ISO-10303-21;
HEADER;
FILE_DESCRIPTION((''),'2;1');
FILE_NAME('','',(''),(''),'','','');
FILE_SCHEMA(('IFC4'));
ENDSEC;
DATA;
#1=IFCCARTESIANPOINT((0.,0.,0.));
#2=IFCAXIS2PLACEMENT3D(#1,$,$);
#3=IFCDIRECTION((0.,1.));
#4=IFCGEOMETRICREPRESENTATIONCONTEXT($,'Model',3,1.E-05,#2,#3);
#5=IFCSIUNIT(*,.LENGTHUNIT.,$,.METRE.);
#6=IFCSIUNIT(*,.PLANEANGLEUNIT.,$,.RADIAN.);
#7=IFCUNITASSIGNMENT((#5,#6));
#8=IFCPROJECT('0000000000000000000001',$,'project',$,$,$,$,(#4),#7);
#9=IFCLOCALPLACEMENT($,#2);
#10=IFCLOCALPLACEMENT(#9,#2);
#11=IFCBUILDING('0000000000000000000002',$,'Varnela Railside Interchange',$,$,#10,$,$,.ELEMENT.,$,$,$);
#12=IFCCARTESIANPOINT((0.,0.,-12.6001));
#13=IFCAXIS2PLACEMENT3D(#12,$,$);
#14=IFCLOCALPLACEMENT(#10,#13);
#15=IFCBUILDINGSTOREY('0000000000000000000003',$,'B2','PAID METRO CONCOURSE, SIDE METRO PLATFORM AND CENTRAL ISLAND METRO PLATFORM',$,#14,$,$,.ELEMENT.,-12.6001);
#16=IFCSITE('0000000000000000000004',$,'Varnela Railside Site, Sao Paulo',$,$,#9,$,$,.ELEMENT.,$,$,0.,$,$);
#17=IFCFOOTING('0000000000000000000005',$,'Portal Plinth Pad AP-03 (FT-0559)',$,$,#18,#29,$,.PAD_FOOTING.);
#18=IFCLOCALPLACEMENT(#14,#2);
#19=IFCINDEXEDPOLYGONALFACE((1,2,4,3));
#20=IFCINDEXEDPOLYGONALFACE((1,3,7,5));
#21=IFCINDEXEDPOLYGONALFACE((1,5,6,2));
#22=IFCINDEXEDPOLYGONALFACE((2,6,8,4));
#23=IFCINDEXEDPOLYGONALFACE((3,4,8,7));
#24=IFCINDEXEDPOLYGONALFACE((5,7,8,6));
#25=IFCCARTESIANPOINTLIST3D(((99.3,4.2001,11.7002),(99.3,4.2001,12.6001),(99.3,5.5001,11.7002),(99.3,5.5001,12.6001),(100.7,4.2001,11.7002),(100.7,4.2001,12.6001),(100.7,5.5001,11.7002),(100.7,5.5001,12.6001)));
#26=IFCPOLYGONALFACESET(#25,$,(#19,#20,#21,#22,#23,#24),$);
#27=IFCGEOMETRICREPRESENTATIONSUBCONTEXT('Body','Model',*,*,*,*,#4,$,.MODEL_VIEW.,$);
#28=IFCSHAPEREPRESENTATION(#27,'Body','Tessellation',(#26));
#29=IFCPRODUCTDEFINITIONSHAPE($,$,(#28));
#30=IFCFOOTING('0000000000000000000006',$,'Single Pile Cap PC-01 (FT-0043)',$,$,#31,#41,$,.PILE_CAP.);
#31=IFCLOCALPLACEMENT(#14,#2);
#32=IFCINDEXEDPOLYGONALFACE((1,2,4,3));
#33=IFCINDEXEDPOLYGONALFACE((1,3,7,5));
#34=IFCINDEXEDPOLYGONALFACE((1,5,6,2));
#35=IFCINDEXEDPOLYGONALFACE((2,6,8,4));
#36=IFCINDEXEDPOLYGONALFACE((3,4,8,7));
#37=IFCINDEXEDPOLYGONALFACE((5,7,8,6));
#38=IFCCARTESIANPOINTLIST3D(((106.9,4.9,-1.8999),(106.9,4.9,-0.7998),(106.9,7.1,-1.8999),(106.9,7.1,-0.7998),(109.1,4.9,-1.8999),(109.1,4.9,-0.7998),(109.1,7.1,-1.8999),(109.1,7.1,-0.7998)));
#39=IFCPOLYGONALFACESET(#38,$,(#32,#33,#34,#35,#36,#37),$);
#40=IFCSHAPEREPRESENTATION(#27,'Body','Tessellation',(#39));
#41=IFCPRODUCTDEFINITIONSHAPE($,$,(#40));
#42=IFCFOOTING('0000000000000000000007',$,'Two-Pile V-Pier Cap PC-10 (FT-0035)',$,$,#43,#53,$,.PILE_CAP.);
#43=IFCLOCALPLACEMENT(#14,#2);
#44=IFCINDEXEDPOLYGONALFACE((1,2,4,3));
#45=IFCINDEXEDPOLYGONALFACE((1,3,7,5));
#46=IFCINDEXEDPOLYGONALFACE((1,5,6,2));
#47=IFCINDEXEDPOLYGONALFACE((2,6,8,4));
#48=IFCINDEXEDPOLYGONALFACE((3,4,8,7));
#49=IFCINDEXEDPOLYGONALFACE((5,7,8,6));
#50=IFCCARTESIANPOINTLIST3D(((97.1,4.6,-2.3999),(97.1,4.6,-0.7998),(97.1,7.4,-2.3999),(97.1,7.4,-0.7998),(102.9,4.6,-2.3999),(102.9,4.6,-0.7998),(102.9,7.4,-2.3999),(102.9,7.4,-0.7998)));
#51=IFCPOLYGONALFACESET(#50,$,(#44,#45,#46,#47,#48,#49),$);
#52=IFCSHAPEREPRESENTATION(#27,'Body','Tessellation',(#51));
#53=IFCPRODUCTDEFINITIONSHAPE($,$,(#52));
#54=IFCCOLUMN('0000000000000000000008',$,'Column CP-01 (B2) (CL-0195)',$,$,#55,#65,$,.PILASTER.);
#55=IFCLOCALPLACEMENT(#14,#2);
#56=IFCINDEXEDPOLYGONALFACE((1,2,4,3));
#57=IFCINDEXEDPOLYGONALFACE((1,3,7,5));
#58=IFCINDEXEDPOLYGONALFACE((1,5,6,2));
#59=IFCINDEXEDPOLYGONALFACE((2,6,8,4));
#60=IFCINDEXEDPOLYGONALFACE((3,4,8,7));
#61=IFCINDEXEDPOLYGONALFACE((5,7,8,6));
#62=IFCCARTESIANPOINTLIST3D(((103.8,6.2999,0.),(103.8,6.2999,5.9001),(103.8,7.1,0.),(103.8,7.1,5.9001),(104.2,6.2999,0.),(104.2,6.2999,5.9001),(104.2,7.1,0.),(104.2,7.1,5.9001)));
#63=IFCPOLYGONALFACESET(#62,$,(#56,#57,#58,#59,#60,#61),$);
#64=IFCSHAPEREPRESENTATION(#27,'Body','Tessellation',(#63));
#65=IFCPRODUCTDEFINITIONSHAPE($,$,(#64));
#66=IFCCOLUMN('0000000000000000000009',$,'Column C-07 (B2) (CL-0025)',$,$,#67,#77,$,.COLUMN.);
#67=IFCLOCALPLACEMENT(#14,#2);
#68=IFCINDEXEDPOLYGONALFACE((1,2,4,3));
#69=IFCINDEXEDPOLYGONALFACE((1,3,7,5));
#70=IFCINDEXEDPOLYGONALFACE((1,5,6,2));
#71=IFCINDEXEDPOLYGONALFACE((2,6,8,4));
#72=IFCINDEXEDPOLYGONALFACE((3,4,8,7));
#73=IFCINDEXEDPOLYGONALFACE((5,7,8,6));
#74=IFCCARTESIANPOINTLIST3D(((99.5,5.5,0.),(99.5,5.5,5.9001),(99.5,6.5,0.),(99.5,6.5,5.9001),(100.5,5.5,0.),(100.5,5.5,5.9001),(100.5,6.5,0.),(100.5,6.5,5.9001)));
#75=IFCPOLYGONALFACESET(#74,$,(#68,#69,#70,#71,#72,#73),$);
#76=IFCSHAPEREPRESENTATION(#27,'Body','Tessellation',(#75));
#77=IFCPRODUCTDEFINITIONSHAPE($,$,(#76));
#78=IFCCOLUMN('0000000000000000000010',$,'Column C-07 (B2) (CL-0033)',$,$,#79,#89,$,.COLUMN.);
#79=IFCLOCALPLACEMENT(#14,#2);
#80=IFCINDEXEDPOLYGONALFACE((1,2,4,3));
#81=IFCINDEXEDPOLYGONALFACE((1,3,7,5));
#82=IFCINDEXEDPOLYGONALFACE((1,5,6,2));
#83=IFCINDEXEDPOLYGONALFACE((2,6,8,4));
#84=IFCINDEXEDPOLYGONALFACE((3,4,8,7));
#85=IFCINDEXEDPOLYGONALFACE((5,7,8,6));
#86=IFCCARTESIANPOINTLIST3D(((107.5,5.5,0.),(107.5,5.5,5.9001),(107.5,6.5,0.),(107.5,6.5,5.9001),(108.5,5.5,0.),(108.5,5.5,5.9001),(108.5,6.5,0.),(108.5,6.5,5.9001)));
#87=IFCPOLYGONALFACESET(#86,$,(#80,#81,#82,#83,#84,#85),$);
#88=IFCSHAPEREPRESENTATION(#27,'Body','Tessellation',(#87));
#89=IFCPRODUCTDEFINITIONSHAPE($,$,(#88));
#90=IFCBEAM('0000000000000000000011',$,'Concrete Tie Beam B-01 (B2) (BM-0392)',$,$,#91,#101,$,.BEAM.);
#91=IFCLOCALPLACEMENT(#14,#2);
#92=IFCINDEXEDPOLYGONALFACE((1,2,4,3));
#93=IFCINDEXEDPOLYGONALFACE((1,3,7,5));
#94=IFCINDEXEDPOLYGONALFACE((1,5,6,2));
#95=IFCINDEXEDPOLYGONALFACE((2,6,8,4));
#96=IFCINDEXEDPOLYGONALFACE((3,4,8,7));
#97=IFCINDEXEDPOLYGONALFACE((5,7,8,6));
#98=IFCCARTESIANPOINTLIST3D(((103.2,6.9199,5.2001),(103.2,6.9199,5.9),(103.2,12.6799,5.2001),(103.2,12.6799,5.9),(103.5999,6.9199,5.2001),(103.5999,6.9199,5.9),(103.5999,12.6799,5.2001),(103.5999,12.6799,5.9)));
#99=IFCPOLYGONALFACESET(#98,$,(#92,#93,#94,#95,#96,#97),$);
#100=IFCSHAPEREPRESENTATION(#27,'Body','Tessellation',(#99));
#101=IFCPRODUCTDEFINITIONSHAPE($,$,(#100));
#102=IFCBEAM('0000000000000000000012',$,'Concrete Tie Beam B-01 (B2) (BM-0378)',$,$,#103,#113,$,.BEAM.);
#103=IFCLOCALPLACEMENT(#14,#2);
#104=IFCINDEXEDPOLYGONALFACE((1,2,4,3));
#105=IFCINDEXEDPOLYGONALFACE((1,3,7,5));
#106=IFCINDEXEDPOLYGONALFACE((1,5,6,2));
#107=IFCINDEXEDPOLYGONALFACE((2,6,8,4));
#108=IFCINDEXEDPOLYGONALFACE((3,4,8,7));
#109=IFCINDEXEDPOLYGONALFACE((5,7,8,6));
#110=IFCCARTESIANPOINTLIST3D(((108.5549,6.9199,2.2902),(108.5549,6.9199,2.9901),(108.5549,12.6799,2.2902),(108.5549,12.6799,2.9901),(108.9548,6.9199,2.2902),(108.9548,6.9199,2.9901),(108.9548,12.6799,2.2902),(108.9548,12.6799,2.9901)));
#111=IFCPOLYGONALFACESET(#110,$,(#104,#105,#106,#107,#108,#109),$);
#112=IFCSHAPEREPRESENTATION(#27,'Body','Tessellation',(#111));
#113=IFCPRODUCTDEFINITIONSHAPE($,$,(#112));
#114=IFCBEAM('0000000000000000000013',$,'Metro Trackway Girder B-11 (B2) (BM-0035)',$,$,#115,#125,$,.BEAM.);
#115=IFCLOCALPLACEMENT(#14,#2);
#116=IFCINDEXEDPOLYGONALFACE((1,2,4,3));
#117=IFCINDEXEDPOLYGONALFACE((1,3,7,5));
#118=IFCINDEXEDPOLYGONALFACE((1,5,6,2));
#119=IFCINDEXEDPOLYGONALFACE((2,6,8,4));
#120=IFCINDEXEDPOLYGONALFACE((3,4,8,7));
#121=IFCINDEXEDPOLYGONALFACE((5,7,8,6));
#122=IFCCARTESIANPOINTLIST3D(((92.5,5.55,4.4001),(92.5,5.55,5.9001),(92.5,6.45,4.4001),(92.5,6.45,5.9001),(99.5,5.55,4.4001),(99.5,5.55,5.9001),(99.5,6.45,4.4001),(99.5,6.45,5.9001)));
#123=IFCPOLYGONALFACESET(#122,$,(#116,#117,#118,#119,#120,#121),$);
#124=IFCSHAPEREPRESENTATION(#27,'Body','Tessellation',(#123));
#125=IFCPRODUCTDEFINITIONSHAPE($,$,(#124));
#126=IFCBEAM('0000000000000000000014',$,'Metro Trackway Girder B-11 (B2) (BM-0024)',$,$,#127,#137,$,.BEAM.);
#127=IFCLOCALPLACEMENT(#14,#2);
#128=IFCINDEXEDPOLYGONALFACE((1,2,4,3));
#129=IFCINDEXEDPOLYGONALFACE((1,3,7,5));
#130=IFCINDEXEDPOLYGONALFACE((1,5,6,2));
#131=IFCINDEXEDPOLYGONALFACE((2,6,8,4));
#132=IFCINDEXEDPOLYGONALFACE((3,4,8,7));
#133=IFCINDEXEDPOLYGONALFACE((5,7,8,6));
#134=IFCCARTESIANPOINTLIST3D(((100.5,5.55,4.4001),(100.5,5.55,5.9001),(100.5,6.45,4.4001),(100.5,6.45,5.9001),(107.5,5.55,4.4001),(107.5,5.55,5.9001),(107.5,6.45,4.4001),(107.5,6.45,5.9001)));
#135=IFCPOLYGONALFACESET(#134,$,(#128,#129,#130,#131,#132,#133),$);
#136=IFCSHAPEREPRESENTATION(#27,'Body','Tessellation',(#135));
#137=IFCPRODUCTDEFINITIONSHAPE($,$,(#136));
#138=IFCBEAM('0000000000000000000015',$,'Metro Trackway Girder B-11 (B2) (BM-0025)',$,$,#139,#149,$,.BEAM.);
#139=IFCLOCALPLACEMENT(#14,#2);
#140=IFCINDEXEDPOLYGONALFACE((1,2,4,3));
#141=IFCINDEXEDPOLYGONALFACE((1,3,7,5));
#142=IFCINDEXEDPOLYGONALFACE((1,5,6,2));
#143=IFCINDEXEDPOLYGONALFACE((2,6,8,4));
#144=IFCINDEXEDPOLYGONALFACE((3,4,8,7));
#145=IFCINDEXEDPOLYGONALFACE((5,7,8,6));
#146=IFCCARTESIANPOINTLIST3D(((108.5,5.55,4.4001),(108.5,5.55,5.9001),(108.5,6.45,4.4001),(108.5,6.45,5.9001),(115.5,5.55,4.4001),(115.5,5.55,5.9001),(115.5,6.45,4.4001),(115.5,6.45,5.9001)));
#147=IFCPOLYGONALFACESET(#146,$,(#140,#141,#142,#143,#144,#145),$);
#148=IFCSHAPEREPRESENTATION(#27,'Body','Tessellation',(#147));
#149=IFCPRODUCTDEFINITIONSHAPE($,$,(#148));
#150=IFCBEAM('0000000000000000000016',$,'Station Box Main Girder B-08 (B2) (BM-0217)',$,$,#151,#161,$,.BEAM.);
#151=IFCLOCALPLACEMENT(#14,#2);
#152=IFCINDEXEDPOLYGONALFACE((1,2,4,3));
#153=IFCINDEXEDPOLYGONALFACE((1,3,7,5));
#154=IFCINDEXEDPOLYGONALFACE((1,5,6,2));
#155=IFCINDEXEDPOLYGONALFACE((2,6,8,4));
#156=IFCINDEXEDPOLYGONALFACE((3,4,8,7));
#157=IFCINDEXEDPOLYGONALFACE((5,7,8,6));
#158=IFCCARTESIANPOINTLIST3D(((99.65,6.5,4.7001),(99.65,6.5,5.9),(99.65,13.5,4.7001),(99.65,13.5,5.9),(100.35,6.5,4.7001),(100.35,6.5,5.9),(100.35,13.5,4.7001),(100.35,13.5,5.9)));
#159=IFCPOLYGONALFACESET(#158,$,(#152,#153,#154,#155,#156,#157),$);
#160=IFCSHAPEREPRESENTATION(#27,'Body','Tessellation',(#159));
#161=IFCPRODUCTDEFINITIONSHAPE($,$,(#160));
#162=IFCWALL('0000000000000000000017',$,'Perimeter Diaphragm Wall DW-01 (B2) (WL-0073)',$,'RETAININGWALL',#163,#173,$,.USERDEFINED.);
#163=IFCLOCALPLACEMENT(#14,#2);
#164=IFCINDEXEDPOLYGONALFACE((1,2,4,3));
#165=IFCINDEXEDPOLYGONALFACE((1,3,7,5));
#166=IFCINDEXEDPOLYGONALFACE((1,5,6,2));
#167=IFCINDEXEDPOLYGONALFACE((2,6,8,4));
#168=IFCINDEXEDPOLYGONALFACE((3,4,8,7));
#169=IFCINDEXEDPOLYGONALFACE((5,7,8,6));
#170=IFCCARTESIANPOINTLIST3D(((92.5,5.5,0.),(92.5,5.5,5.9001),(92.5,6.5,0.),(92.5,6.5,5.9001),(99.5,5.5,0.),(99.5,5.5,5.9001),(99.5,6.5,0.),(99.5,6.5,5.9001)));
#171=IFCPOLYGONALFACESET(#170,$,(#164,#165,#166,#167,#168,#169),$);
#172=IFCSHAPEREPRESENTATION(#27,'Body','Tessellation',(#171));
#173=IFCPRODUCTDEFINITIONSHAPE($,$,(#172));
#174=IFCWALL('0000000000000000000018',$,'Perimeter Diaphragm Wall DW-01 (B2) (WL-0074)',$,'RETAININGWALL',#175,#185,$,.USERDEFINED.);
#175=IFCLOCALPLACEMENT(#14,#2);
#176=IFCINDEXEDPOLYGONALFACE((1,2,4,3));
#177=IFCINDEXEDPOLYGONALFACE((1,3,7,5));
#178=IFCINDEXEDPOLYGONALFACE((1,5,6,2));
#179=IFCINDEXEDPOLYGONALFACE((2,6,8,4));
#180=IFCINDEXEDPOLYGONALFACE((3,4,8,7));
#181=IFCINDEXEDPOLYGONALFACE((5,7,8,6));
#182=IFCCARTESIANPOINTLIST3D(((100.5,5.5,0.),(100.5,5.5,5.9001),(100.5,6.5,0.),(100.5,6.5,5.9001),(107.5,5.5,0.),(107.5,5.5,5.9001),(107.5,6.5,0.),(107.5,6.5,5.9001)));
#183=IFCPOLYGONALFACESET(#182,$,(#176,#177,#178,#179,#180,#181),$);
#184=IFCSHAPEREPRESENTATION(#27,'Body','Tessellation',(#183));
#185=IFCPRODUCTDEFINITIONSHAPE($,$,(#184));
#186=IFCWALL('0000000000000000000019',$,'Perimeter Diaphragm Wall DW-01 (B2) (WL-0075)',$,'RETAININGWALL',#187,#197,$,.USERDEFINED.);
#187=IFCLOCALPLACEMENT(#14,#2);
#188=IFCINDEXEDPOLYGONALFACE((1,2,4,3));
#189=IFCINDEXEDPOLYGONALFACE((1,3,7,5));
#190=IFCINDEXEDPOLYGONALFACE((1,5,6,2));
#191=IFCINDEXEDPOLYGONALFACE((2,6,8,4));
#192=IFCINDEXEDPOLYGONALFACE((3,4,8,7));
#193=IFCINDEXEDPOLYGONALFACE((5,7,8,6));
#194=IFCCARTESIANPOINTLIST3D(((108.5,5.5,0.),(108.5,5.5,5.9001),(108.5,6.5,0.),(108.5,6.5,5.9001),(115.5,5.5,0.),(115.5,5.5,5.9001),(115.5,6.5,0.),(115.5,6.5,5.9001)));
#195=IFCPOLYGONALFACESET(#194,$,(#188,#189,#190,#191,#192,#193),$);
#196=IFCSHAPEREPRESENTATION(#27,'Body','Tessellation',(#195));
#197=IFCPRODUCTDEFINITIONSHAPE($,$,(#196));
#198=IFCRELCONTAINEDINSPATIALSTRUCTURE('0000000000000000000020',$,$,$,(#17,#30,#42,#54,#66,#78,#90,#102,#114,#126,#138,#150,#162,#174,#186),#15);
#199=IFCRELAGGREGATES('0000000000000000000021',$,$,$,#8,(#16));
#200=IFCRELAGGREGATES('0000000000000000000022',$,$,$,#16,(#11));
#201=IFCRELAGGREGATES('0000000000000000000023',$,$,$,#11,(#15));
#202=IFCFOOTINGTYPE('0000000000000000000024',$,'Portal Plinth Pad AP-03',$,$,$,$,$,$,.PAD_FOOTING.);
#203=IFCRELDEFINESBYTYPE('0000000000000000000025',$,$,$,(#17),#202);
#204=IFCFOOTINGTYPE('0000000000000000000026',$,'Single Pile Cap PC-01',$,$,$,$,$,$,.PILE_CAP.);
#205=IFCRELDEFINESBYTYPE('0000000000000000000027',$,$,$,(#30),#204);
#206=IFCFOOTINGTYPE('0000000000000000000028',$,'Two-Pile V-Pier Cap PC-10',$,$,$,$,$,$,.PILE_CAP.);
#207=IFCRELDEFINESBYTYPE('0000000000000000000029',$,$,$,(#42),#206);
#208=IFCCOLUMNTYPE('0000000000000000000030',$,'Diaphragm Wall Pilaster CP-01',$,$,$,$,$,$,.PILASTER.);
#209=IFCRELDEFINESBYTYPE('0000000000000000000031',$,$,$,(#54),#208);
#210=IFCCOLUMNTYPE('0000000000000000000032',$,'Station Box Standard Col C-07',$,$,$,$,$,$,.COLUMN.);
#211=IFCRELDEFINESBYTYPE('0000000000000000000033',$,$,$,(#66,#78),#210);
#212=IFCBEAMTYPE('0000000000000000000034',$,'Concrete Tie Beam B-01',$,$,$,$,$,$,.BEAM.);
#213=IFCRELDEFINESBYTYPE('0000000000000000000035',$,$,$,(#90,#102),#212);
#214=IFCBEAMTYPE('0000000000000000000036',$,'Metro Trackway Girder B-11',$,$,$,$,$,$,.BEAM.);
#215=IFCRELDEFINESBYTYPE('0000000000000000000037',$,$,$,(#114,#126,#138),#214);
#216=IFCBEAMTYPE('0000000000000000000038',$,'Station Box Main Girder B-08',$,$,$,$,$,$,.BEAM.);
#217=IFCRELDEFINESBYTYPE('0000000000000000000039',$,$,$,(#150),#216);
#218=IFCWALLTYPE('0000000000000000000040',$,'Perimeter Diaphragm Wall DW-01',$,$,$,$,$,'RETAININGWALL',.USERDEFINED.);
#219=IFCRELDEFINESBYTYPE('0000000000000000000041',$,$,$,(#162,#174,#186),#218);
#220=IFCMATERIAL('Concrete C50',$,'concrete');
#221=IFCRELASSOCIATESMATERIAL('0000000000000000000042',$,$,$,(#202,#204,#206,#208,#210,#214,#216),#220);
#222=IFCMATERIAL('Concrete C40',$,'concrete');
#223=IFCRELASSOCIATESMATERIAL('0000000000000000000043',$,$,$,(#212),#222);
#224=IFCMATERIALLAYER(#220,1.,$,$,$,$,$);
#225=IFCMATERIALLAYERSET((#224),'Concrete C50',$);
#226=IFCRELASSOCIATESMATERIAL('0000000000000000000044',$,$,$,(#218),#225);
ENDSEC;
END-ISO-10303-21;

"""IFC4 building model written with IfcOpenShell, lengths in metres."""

from ifc_helpers import new_model, si_unit, direction, frame, frame_2d, origin, origin_2d, place, context, subcontext, project, spatial, rectangle, extrude, material, layer, layer_set, material_profile, profile_set, type_object, element, save


model = new_model("IFC4")

# Units and contexts
model_context = context("Model", 3, precision=1e-05, world=origin(), true_north=direction((0.0, 1.0)))
body_context = subcontext(model_context, "Body", "Model", "MODEL_VIEW")
ifc_project = project(units=[si_unit("LENGTHUNIT", "METRE"), si_unit("PLANEANGLEUNIT", "RADIAN")], contexts=[model_context])

# Site, building, storey
site_placement = place(None, origin())
site = spatial("IfcSite", under=ifc_project, at=site_placement, Name="Varnela Railside Site, Sao Paulo", CompositionType="ELEMENT", RefElevation=0.0)
building_placement = place(site_placement, origin())
building = spatial("IfcBuilding", under=site, at=building_placement, Name="Varnela Railside Interchange", CompositionType="ELEMENT")
storey_placement = place(building_placement, frame((0.0, 0.0, -12.6001)))
storey = spatial("IfcBuildingStorey", under=building, at=storey_placement, Name="B2", Description="PAID METRO CONCOURSE, SIDE METRO PLATFORM AND CENTRAL ISLAND METRO PLATFORM", CompositionType="ELEMENT", Elevation=-12.6001)

# Shared definitions
ifc_material_1 = material(Name="Concrete C40", Category="concrete")

# Footings
ifc_material_2 = material(Name="Concrete C50", Category="concrete")
footing_type_1 = type_object("IfcFootingType", Name="Portal Plinth Pad AP-03", PredefinedType="PAD_FOOTING", material=ifc_material_2)
footing_1_placement = place(storey_placement, frame((100.0, 4.8501, 11.7002), z_axis=(0.0, 0.0, 1.0), x_axis=(1.0, 0.0, 0.0)))
element("IfcFooting", 1, at=footing_1_placement, inside=storey, type_object=footing_type_1, Name="Portal Plinth Pad AP-03 (FT-0559)", PredefinedType="PAD_FOOTING", context=body_context, shape_type="SweptSolid", body=[
    extrude(rectangle(XDim=1.3999, YDim=1.3, at=origin_2d()), origin(), (0.0, 0.0, 1.0), 0.8999),
])
footing_type_2 = type_object("IfcFootingType", Name="Single Pile Cap PC-01", PredefinedType="PILE_CAP", material=ifc_material_2)
footing_2_placement = place(storey_placement, frame((108.0, 6.0, -1.8999), z_axis=(0.0, 0.0, 1.0), x_axis=(1.0, 0.0, 0.0)))
element("IfcFooting", 2, at=footing_2_placement, inside=storey, type_object=footing_type_2, Name="Single Pile Cap PC-01 (FT-0043)", PredefinedType="PILE_CAP", context=body_context, shape_type="SweptSolid", body=[
    extrude(rectangle(XDim=2.2, YDim=2.2, at=origin_2d()), origin(), (0.0, 0.0, 1.0), 1.1001),
])
footing_type_3 = type_object("IfcFootingType", Name="Two-Pile V-Pier Cap PC-10", PredefinedType="PILE_CAP", material=ifc_material_2)
footing_3_placement = place(storey_placement, frame((100.0, 6.0, -2.3999), z_axis=(0.0, 0.0, 1.0), x_axis=(1.0, 0.0, 0.0)))
element("IfcFooting", 3, at=footing_3_placement, inside=storey, type_object=footing_type_3, Name="Two-Pile V-Pier Cap PC-10 (FT-0035)", PredefinedType="PILE_CAP", context=body_context, shape_type="SweptSolid", body=[
    extrude(rectangle(XDim=5.8, YDim=2.8, at=origin_2d()), origin(), (0.0, 0.0, 1.0), 1.6001),
])

# Columns
ifc_material_profile_1 = material_profile(ifc_material_2, rectangle(XDim=0.3999, YDim=0.8, at=origin_2d()), Name="RC 400x800")
ifc_profile_set_1 = profile_set([ifc_material_profile_1], Name="Concrete C50")
column_type_1 = type_object("IfcColumnType", Name="Diaphragm Wall Pilaster CP-01", PredefinedType="PILASTER", material=ifc_profile_set_1)
column_placement = place(storey_placement, frame((104.0, 6.7, 0.0), z_axis=(0.0, 0.0, 1.0), x_axis=(1.0, 0.0, 0.0)))
element("IfcColumn", 4, at=column_placement, inside=storey, type_object=column_type_1, Name="Column CP-01 (B2) (CL-0195)", PredefinedType="PILASTER", context=body_context, shape_type="SweptSolid", body=[
    extrude(rectangle(XDim=0.3999, YDim=0.8, at=origin_2d()), origin(), (0.0, 0.0, 1.0), 5.9001),
])
ifc_material_profile_2 = material_profile(ifc_material_2, rectangle(XDim=1.0, YDim=1.0, at=origin_2d()), Name="RC 1000x1000")
ifc_profile_set_2 = profile_set([ifc_material_profile_2], Name="Concrete C50")
column_type_2 = type_object("IfcColumnType", Name="Station Box Standard Col C-07", PredefinedType="COLUMN", material=ifc_profile_set_2)
for number, where, z_axis, x_axis, name in (
    (5, (100.0, 6.0, 0.0), (0.0, 0.0, 1.0), (1.0, 0.0, 0.0), "Column C-07 (B2) (CL-0025)"),
    (6, (108.0, 6.0, 0.0), (0.0, 0.0, 1.0), (1.0, 0.0, 0.0), "Column C-07 (B2) (CL-0033)"),
):
    element("IfcColumn", number, at=place(storey_placement, frame(where, z_axis=z_axis, x_axis=x_axis)), inside=storey, type_object=column_type_2, Name=name, PredefinedType="COLUMN", context=body_context, shape_type="SweptSolid", body=[
        extrude(rectangle(XDim=1.0, YDim=1.0, at=origin_2d()), origin(), (0.0, 0.0, 1.0), 5.9001),
    ])

# Beams
ifc_material_profile_3 = material_profile(ifc_material_1, rectangle(XDim=0.3999, YDim=0.7, at=origin_2d()), Name="RC 400x700")
ifc_profile_set_3 = profile_set([ifc_material_profile_3], Name="Concrete C40")
beam_type_1 = type_object("IfcBeamType", Name="Concrete Tie Beam B-01", PredefinedType="BEAM", material=ifc_profile_set_3)
for number, where, z_axis, x_axis, name in (
    (7, (103.3999, 6.9199, 5.55), (0.0, 1.0, 0.0), (-1.0, 0.0, 0.0), "Concrete Tie Beam B-01 (B2) (BM-0392)"),
    (8, (108.7549, 6.9199, 2.6401), (0.0, 1.0, 0.0), (-1.0, 0.0, 0.0), "Concrete Tie Beam B-01 (B2) (BM-0378)"),
):
    element("IfcBeam", number, at=place(storey_placement, frame(where, z_axis=z_axis, x_axis=x_axis)), inside=storey, type_object=beam_type_1, Name=name, PredefinedType="BEAM", context=body_context, shape_type="SweptSolid", body=[
        extrude(rectangle(XDim=0.3999, YDim=0.7, at=origin_2d()), origin(), (0.0, 0.0, 1.0), 5.76),
    ])
ifc_material_profile_4 = material_profile(ifc_material_2, rectangle(XDim=0.8999, YDim=1.5, at=origin_2d()), Name="RC 900x1500")
ifc_profile_set_4 = profile_set([ifc_material_profile_4], Name="Concrete C50")
beam_type_2 = type_object("IfcBeamType", Name="Metro Trackway Girder B-11", PredefinedType="BEAM", material=ifc_profile_set_4)
for number, where, z_axis, x_axis, name in (
    (9, (92.5, 6.0, 5.1501), (1.0, 0.0, 0.0), (0.0, 1.0, 0.0), "Metro Trackway Girder B-11 (B2) (BM-0035)"),
    (10, (100.5, 6.0, 5.1501), (1.0, 0.0, 0.0), (0.0, 1.0, 0.0), "Metro Trackway Girder B-11 (B2) (BM-0024)"),
    (11, (108.5, 6.0, 5.1501), (1.0, 0.0, 0.0), (0.0, 1.0, 0.0), "Metro Trackway Girder B-11 (B2) (BM-0025)"),
):
    element("IfcBeam", number, at=place(storey_placement, frame(where, z_axis=z_axis, x_axis=x_axis)), inside=storey, type_object=beam_type_2, Name=name, PredefinedType="BEAM", context=body_context, shape_type="SweptSolid", body=[
        extrude(rectangle(XDim=0.8999, YDim=1.5, at=origin_2d()), origin(), (0.0, 0.0, 1.0), 7.0),
    ])
ifc_material_profile_5 = material_profile(ifc_material_2, rectangle(XDim=0.7, YDim=1.2, at=origin_2d()), Name="RC 700x1200")
ifc_profile_set_5 = profile_set([ifc_material_profile_5], Name="Concrete C50")
beam_type_3 = type_object("IfcBeamType", Name="Station Box Main Girder B-08", PredefinedType="BEAM", material=ifc_profile_set_5)
beam_placement = place(storey_placement, frame((100.0, 6.5, 5.3), z_axis=(0.0, 1.0, 0.0), x_axis=(-1.0, 0.0, 0.0)))
element("IfcBeam", 12, at=beam_placement, inside=storey, type_object=beam_type_3, Name="Station Box Main Girder B-08 (B2) (BM-0217)", PredefinedType="BEAM", context=body_context, shape_type="SweptSolid", body=[
    extrude(rectangle(XDim=0.7, YDim=1.2, at=origin_2d()), origin(), (0.0, 0.0, 1.0), 7.0),
])

# Walls
ifc_layer_1 = layer(ifc_material_2, 1.0)
ifc_layer_set_1 = layer_set([ifc_layer_1], Name="Concrete C50")
wall_type_1 = type_object("IfcWallType", Name="Perimeter Diaphragm Wall DW-01", ElementType="RETAININGWALL", PredefinedType="USERDEFINED", material=ifc_layer_set_1)
for number, where, z_axis, x_axis, name in (
    (13, (92.5, 6.0, 0.0), (0.0, 0.0, 1.0), (1.0, 0.0, 0.0), "Perimeter Diaphragm Wall DW-01 (B2) (WL-0073)"),
    (14, (100.5, 6.0, 0.0), (0.0, 0.0, 1.0), (1.0, 0.0, 0.0), "Perimeter Diaphragm Wall DW-01 (B2) (WL-0074)"),
    (15, (108.5, 6.0, 0.0), (0.0, 0.0, 1.0), (1.0, 0.0, 0.0), "Perimeter Diaphragm Wall DW-01 (B2) (WL-0075)"),
):
    element("IfcWall", number, at=place(storey_placement, frame(where, z_axis=z_axis, x_axis=x_axis)), inside=storey, type_object=wall_type_1, Name=name, ObjectType="RETAININGWALL", PredefinedType="USERDEFINED", context=body_context, shape_type="SweptSolid", body=[
        extrude(rectangle(XDim=7.0, YDim=1.0, at=frame_2d((3.5, 0.0))), origin(), (0.0, 0.0, 1.0), 5.9001),
    ])

save(model, "model.ifc")
